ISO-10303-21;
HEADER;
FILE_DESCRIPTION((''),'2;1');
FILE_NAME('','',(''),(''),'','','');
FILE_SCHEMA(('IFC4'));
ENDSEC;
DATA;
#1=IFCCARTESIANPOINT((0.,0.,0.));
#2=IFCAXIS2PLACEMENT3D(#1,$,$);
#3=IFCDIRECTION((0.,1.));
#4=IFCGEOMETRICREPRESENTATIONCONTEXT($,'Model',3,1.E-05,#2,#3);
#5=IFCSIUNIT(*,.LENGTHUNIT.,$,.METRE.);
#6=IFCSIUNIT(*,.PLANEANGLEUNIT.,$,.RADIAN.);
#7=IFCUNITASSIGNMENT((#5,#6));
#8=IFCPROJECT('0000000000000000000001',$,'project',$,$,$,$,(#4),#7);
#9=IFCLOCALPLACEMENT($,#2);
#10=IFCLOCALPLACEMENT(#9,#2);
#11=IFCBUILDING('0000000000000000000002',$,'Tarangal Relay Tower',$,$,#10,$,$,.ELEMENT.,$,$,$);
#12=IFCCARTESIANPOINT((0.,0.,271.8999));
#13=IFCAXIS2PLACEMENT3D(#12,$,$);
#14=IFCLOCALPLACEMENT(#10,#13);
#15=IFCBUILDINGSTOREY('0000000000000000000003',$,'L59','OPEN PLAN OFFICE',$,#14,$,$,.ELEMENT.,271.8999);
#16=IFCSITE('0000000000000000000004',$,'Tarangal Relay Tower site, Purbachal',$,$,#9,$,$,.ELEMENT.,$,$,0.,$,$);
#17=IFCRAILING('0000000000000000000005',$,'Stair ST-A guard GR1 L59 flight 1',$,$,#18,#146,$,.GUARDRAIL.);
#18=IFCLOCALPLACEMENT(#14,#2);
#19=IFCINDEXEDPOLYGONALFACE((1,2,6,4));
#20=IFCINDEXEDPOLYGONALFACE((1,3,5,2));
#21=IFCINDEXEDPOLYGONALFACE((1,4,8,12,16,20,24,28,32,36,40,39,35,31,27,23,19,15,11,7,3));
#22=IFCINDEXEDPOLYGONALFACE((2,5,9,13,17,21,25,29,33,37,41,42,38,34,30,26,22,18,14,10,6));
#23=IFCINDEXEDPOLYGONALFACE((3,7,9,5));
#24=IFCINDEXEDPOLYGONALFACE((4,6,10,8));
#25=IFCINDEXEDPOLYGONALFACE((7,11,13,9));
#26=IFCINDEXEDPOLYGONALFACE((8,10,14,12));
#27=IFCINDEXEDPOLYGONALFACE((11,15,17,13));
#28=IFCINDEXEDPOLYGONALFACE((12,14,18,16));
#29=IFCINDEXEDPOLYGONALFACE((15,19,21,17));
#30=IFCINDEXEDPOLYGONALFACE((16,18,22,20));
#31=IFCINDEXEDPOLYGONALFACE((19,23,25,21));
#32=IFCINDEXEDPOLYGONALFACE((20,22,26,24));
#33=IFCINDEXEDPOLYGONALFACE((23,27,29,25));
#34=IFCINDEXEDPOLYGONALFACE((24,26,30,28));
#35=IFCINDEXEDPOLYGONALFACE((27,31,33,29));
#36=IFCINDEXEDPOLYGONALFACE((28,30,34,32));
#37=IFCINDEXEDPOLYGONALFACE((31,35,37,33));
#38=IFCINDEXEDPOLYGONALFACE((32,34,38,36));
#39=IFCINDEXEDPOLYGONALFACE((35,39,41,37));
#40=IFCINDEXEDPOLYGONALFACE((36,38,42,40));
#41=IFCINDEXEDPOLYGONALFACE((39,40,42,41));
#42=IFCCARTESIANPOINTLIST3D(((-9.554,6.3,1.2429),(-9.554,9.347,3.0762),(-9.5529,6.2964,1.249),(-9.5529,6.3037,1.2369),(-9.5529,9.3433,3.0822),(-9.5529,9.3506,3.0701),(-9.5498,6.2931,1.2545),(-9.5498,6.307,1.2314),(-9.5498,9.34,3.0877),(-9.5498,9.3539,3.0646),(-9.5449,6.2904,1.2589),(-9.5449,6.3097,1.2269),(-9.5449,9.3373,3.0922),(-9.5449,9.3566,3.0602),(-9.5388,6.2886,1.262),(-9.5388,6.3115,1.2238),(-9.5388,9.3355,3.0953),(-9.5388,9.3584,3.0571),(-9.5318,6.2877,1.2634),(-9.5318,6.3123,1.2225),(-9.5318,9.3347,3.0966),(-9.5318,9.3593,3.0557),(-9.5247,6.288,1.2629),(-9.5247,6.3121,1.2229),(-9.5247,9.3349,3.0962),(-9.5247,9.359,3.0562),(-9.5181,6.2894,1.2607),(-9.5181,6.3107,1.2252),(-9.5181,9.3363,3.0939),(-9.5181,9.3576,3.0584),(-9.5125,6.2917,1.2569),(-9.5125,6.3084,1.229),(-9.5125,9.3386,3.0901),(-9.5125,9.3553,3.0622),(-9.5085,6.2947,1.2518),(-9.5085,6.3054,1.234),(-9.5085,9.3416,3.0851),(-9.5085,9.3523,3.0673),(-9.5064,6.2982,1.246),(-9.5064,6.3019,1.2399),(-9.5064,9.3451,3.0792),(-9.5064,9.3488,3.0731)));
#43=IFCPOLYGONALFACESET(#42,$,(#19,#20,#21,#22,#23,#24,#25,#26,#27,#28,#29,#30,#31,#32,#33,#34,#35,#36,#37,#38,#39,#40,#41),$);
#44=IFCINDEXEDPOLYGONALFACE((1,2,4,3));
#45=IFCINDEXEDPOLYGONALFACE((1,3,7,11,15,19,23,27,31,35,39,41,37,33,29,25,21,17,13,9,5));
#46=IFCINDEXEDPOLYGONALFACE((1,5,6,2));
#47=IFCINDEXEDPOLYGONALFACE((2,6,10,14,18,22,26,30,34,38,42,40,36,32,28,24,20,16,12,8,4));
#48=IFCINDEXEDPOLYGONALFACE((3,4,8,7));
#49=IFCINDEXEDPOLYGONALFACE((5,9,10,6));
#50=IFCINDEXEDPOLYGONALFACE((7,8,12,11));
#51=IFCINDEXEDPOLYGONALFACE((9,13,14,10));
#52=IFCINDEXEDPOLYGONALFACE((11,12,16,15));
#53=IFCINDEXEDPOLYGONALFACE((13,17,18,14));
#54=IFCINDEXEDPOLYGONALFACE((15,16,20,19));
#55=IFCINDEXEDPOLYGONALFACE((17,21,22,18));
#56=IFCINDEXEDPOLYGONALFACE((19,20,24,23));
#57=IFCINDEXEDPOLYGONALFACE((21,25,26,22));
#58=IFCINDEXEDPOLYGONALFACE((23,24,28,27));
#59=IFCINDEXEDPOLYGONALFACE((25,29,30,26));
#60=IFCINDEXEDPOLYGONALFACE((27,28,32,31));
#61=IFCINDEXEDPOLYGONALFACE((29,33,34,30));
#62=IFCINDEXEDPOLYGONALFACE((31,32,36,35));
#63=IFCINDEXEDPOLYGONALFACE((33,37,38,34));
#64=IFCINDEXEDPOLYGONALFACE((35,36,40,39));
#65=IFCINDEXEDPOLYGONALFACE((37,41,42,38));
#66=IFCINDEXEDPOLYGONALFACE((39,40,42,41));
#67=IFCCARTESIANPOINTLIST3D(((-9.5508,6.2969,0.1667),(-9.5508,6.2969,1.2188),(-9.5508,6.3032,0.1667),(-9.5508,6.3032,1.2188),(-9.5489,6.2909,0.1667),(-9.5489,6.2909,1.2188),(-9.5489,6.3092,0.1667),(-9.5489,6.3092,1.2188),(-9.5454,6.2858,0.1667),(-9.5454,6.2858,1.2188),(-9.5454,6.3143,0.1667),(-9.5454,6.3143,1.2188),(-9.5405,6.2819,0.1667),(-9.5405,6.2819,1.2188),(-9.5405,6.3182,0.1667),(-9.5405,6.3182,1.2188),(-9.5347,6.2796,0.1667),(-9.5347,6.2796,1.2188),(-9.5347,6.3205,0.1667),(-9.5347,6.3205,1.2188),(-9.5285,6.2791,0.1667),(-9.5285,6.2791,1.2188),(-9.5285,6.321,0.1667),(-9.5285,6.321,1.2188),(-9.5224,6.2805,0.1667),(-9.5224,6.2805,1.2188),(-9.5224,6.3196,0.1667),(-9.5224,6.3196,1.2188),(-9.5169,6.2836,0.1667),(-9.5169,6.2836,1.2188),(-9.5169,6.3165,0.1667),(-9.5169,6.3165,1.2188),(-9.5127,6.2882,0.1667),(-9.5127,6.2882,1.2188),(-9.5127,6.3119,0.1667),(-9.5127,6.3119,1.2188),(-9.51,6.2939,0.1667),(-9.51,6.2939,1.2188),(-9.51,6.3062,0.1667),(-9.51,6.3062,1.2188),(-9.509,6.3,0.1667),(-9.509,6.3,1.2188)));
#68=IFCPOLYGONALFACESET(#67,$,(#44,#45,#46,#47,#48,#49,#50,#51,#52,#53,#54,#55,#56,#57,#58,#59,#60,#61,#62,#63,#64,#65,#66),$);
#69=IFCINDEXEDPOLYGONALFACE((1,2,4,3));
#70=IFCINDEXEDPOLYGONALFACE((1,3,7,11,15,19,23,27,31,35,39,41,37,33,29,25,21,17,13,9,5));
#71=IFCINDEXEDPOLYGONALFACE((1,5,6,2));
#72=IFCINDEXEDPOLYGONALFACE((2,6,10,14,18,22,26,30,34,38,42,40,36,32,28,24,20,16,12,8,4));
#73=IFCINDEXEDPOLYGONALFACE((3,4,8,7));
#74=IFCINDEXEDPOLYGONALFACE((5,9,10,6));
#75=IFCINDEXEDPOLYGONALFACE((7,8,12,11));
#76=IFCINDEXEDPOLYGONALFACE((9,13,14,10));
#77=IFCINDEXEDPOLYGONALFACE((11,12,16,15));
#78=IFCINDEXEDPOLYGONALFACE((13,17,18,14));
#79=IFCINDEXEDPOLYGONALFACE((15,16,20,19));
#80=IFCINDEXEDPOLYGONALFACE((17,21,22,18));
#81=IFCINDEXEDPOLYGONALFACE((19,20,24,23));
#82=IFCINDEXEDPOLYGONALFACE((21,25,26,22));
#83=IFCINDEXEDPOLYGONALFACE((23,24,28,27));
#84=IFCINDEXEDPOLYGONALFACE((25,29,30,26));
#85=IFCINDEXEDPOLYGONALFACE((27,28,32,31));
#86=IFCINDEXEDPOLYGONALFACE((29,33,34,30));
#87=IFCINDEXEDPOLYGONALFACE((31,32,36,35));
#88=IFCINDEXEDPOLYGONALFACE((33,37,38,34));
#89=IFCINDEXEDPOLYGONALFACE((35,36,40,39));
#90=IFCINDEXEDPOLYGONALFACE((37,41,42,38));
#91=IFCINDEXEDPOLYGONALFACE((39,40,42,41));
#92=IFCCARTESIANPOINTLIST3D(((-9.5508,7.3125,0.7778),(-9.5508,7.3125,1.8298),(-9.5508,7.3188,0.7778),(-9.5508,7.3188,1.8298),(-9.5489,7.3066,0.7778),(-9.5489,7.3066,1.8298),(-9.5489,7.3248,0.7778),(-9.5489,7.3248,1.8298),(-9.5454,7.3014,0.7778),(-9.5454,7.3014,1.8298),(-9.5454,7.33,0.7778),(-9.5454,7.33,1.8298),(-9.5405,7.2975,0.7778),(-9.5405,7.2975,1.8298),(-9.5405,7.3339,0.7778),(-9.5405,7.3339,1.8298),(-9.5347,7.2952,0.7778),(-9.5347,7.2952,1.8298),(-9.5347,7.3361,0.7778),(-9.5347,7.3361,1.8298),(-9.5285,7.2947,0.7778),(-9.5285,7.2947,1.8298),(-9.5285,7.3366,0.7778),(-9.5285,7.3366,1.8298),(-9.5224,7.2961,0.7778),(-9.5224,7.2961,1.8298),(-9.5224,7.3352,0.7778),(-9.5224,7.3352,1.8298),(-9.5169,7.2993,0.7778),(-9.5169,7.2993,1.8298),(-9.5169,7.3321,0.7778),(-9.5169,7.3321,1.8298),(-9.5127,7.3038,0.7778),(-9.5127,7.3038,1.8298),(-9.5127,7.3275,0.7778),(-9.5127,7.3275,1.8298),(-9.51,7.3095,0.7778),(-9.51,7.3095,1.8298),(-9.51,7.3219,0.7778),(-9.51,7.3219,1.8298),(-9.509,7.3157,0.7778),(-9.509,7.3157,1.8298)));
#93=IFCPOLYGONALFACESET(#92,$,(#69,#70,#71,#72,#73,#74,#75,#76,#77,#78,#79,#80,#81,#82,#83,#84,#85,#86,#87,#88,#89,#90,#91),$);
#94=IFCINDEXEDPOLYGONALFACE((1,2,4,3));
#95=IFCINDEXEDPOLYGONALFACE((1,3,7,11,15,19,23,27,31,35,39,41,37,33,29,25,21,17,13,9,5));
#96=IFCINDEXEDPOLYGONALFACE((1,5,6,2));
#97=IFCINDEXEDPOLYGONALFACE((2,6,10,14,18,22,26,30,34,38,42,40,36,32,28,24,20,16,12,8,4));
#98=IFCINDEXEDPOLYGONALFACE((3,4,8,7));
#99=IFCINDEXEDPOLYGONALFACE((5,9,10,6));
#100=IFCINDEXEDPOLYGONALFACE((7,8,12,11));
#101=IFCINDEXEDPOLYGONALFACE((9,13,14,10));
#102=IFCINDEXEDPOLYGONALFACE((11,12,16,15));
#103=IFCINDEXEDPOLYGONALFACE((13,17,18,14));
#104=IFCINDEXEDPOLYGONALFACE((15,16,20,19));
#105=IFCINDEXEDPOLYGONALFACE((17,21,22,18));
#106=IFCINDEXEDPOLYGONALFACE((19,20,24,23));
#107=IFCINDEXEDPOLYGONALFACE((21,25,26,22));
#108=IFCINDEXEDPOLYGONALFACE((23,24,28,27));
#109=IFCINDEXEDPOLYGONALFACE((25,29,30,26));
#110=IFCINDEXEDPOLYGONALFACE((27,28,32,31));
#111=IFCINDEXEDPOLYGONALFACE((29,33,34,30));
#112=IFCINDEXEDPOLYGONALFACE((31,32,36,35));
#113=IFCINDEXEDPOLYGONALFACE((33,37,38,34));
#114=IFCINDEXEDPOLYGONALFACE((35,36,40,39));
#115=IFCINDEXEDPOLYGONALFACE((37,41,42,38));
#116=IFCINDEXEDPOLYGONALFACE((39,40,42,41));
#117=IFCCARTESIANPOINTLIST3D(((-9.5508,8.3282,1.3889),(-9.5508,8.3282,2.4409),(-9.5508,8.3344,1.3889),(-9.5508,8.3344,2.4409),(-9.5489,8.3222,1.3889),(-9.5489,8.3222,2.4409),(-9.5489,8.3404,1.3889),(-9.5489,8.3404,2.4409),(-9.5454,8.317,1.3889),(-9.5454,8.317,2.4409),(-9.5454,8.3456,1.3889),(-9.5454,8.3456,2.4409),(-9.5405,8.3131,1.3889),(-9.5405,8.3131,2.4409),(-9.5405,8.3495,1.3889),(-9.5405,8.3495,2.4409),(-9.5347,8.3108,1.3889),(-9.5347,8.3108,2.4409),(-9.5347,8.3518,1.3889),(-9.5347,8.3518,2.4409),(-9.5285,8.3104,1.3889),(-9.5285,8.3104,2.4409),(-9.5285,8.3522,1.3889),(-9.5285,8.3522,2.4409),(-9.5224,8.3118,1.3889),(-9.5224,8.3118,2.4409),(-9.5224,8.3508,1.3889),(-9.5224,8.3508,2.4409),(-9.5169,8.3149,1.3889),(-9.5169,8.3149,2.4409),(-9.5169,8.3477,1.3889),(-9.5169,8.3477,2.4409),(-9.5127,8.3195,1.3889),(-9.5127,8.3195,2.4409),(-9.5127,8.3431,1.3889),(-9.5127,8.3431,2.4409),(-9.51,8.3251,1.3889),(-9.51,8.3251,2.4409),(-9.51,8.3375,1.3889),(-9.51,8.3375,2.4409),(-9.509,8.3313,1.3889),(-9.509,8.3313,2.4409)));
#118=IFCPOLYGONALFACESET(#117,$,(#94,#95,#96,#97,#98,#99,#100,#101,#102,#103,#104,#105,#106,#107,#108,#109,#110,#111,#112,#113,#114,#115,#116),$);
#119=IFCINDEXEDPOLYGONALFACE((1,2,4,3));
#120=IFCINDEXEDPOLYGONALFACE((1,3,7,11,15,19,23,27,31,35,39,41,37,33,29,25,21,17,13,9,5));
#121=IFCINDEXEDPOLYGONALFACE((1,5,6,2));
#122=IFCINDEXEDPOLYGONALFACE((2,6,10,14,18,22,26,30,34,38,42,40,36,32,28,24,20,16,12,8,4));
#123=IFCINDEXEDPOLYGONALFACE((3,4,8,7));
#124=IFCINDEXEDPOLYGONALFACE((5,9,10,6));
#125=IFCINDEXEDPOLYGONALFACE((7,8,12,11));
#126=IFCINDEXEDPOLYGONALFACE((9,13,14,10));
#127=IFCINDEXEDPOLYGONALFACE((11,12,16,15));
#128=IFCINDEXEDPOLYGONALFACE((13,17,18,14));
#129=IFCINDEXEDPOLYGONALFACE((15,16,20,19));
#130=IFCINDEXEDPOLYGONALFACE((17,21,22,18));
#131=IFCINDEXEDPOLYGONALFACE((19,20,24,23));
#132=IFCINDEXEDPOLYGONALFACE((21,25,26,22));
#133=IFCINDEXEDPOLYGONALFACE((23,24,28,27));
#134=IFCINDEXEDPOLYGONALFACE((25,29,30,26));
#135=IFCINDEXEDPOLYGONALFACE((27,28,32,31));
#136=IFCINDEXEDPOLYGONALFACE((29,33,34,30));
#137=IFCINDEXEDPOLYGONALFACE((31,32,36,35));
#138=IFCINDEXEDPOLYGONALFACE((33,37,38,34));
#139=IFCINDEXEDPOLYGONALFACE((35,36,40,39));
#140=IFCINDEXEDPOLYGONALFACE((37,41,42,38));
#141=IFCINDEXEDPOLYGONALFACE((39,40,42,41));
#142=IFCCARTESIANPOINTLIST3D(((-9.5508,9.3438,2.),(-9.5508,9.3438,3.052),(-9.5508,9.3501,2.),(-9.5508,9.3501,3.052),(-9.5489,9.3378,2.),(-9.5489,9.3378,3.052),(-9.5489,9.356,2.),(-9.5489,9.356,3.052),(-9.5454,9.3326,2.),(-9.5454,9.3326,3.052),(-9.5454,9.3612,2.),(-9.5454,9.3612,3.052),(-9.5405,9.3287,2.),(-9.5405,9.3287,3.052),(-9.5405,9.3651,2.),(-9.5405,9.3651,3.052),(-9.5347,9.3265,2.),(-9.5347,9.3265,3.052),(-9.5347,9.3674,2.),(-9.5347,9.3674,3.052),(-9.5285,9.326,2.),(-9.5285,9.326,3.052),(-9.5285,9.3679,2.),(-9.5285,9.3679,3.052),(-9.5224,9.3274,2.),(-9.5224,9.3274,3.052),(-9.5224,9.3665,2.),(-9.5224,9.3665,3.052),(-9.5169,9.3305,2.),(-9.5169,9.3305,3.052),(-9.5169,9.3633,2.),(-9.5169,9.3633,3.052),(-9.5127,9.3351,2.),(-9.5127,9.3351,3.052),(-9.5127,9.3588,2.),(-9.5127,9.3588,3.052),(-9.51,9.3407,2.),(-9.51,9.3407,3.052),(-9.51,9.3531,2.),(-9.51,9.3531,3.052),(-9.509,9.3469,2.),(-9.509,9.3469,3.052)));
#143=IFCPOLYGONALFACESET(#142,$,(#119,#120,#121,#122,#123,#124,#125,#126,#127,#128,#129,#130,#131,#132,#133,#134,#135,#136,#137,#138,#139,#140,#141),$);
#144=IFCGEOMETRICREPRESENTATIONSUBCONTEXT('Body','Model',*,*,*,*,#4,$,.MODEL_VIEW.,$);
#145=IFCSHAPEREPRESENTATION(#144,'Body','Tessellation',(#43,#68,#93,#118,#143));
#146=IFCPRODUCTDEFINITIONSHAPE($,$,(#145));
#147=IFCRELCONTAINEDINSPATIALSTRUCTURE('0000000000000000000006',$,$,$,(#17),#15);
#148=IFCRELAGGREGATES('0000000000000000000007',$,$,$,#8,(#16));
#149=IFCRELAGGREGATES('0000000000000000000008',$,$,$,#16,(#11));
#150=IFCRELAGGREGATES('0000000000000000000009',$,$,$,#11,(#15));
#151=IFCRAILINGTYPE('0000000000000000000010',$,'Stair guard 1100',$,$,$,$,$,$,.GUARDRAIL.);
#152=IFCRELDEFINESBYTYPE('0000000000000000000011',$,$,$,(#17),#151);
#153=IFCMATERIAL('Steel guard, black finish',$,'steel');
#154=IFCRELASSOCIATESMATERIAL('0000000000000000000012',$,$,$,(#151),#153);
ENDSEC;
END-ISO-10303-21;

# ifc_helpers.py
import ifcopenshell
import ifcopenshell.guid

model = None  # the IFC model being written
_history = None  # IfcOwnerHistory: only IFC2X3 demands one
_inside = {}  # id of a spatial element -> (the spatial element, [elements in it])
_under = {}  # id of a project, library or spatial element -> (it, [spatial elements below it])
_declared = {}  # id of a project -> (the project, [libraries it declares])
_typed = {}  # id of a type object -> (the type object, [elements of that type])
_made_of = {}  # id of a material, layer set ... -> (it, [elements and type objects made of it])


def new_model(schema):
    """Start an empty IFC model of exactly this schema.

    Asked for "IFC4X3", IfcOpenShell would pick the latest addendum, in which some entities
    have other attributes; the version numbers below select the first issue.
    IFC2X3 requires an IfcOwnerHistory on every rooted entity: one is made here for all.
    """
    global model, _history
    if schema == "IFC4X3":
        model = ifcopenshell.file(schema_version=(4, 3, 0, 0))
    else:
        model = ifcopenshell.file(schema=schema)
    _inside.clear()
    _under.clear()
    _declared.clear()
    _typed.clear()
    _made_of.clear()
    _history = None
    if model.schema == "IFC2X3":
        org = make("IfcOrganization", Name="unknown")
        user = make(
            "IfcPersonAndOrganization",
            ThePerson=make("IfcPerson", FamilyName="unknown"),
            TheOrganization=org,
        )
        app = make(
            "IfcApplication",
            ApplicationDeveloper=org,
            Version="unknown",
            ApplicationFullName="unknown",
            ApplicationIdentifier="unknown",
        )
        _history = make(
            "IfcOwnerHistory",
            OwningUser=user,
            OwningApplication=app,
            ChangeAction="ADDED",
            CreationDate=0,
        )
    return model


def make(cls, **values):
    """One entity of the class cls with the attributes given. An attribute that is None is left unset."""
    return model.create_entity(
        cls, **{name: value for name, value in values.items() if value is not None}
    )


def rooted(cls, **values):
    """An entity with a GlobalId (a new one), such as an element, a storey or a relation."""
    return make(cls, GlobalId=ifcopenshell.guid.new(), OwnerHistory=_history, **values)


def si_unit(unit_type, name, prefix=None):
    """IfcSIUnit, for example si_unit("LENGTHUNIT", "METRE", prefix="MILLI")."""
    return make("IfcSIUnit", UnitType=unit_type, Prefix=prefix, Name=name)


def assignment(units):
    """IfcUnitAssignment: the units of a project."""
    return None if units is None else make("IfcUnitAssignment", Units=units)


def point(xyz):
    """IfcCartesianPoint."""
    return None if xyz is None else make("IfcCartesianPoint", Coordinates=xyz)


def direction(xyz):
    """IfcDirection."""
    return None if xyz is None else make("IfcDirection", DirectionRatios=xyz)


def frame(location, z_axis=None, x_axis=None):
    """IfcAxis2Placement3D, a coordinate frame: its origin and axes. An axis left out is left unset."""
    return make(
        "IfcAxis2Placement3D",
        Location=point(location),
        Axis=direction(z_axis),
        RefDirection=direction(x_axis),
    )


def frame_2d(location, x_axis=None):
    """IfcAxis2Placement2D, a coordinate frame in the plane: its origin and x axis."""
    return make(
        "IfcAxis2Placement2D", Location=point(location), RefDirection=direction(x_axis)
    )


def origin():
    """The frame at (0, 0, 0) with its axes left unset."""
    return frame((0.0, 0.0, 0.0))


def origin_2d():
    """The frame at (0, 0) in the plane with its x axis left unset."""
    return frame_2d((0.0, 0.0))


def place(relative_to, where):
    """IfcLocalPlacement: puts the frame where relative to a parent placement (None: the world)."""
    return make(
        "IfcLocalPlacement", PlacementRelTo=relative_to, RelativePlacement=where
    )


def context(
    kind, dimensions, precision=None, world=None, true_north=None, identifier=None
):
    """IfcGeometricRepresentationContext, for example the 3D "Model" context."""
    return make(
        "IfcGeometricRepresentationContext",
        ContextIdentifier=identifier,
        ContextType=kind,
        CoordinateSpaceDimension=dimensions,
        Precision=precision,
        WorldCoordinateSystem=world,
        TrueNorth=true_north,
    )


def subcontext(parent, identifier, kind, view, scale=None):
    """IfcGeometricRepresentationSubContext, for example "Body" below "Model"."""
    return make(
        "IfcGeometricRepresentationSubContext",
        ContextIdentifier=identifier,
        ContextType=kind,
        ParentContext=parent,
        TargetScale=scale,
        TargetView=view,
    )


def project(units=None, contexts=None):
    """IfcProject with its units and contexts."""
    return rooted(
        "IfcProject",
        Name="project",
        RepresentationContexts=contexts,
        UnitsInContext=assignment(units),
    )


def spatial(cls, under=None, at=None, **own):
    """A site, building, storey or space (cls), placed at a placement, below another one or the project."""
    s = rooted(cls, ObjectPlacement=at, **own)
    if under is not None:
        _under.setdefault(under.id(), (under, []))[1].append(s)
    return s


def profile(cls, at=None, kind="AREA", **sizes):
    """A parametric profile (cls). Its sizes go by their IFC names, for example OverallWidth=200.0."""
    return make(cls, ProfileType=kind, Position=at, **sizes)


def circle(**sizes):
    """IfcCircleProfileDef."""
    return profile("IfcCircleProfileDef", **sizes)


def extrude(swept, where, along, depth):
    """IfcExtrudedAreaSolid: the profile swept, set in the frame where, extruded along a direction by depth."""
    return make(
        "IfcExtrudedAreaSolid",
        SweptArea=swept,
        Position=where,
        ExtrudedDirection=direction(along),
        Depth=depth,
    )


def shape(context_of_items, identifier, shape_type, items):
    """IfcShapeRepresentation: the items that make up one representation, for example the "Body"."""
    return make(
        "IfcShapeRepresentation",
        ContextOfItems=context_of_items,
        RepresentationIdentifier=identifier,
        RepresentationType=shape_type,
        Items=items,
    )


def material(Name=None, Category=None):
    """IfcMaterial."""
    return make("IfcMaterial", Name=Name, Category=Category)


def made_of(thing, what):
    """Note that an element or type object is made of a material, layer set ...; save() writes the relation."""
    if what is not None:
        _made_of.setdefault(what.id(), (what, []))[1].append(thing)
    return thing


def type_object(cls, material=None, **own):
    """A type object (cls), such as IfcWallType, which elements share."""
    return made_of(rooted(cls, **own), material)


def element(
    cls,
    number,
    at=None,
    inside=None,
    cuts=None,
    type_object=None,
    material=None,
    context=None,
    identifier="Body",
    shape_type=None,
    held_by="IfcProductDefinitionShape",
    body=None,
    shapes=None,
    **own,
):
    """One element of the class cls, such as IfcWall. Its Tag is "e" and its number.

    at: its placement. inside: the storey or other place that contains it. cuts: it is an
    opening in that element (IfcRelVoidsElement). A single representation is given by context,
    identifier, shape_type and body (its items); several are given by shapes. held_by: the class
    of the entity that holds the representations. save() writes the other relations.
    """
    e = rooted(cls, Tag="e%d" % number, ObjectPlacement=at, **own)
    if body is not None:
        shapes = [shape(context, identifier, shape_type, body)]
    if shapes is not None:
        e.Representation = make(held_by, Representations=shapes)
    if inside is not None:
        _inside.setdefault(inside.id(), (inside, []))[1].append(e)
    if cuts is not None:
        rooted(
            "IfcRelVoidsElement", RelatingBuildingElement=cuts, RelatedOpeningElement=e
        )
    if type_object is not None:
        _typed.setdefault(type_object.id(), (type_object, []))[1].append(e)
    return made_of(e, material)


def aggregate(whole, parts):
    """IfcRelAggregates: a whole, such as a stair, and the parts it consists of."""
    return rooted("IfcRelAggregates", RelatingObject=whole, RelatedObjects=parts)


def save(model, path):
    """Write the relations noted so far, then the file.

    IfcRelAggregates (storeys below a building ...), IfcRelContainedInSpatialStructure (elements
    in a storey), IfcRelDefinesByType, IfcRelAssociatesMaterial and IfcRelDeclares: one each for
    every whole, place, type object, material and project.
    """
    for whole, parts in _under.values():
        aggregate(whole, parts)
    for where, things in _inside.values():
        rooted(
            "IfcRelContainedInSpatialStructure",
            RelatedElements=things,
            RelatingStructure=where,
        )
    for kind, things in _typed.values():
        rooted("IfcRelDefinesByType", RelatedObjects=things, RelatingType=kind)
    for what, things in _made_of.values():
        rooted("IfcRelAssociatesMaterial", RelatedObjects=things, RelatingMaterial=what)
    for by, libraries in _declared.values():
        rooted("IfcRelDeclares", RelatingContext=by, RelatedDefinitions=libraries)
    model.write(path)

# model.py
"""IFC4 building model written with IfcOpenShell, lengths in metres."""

from ifc_helpers import new_model, si_unit, direction, frame, origin, origin_2d, place, context, subcontext, project, spatial, circle, extrude, material, type_object, element, save


model = new_model("IFC4")

# Units and contexts
model_context = context("Model", 3, precision=1e-05, world=origin(), true_north=direction((0.0, 1.0)))
body_context = subcontext(model_context, "Body", "Model", "MODEL_VIEW")
ifc_project = project(units=[si_unit("LENGTHUNIT", "METRE"), si_unit("PLANEANGLEUNIT", "RADIAN")], contexts=[model_context])

# Site, building, storey
site_placement = place(None, origin())
site = spatial("IfcSite", under=ifc_project, at=site_placement, Name="Tarangal Relay Tower site, Purbachal", CompositionType="ELEMENT", RefElevation=0.0)
building_placement = place(site_placement, origin())
building = spatial("IfcBuilding", under=site, at=building_placement, Name="Tarangal Relay Tower", CompositionType="ELEMENT")
storey_placement = place(building_placement, frame((0.0, 0.0, 271.8999)))
storey = spatial("IfcBuildingStorey", under=building, at=storey_placement, Name="L59", Description="OPEN PLAN OFFICE", CompositionType="ELEMENT", Elevation=271.8999)

# Railing
ifc_material_1 = material(Name="Steel guard, black finish", Category="steel")
railing_type_1 = type_object("IfcRailingType", Name="Stair guard 1100", PredefinedType="GUARDRAIL", material=ifc_material_1)
railing_1_placement = place(storey_placement, frame((-9.53, 6.3, 0.1667)))
element("IfcRailing", 1, at=railing_1_placement, inside=storey, type_object=railing_type_1, Name="Stair ST-A guard GR1 L59 flight 1", PredefinedType="GUARDRAIL", context=body_context, shape_type="SweptSolid", body=[
    extrude(circle(Radius=0.0239, at=origin_2d()), frame((0.0, 0.0, 1.0762), z_axis=(0.0, 0.856856, 0.515556), x_axis=(-1.0, 0.0, 0.0)), (0.0, 0.0, 1.0), 3.5559),
    extrude(circle(Radius=0.021, at=origin_2d()), origin(), (0.0, 0.0, 1.0), 1.052),
    extrude(circle(Radius=0.021, at=origin_2d()), frame((0.0, 1.0156, 0.6111)), (0.0, 0.0, 1.0), 1.052),
    extrude(circle(Radius=0.021, at=origin_2d()), frame((0.0, 2.0312, 1.2222)), (0.0, 0.0, 1.0), 1.052),
    extrude(circle(Radius=0.021, at=origin_2d()), frame((0.0, 3.0469, 1.8333)), (0.0, 0.0, 1.0), 1.052),
])

save(model, "model.ifc")
